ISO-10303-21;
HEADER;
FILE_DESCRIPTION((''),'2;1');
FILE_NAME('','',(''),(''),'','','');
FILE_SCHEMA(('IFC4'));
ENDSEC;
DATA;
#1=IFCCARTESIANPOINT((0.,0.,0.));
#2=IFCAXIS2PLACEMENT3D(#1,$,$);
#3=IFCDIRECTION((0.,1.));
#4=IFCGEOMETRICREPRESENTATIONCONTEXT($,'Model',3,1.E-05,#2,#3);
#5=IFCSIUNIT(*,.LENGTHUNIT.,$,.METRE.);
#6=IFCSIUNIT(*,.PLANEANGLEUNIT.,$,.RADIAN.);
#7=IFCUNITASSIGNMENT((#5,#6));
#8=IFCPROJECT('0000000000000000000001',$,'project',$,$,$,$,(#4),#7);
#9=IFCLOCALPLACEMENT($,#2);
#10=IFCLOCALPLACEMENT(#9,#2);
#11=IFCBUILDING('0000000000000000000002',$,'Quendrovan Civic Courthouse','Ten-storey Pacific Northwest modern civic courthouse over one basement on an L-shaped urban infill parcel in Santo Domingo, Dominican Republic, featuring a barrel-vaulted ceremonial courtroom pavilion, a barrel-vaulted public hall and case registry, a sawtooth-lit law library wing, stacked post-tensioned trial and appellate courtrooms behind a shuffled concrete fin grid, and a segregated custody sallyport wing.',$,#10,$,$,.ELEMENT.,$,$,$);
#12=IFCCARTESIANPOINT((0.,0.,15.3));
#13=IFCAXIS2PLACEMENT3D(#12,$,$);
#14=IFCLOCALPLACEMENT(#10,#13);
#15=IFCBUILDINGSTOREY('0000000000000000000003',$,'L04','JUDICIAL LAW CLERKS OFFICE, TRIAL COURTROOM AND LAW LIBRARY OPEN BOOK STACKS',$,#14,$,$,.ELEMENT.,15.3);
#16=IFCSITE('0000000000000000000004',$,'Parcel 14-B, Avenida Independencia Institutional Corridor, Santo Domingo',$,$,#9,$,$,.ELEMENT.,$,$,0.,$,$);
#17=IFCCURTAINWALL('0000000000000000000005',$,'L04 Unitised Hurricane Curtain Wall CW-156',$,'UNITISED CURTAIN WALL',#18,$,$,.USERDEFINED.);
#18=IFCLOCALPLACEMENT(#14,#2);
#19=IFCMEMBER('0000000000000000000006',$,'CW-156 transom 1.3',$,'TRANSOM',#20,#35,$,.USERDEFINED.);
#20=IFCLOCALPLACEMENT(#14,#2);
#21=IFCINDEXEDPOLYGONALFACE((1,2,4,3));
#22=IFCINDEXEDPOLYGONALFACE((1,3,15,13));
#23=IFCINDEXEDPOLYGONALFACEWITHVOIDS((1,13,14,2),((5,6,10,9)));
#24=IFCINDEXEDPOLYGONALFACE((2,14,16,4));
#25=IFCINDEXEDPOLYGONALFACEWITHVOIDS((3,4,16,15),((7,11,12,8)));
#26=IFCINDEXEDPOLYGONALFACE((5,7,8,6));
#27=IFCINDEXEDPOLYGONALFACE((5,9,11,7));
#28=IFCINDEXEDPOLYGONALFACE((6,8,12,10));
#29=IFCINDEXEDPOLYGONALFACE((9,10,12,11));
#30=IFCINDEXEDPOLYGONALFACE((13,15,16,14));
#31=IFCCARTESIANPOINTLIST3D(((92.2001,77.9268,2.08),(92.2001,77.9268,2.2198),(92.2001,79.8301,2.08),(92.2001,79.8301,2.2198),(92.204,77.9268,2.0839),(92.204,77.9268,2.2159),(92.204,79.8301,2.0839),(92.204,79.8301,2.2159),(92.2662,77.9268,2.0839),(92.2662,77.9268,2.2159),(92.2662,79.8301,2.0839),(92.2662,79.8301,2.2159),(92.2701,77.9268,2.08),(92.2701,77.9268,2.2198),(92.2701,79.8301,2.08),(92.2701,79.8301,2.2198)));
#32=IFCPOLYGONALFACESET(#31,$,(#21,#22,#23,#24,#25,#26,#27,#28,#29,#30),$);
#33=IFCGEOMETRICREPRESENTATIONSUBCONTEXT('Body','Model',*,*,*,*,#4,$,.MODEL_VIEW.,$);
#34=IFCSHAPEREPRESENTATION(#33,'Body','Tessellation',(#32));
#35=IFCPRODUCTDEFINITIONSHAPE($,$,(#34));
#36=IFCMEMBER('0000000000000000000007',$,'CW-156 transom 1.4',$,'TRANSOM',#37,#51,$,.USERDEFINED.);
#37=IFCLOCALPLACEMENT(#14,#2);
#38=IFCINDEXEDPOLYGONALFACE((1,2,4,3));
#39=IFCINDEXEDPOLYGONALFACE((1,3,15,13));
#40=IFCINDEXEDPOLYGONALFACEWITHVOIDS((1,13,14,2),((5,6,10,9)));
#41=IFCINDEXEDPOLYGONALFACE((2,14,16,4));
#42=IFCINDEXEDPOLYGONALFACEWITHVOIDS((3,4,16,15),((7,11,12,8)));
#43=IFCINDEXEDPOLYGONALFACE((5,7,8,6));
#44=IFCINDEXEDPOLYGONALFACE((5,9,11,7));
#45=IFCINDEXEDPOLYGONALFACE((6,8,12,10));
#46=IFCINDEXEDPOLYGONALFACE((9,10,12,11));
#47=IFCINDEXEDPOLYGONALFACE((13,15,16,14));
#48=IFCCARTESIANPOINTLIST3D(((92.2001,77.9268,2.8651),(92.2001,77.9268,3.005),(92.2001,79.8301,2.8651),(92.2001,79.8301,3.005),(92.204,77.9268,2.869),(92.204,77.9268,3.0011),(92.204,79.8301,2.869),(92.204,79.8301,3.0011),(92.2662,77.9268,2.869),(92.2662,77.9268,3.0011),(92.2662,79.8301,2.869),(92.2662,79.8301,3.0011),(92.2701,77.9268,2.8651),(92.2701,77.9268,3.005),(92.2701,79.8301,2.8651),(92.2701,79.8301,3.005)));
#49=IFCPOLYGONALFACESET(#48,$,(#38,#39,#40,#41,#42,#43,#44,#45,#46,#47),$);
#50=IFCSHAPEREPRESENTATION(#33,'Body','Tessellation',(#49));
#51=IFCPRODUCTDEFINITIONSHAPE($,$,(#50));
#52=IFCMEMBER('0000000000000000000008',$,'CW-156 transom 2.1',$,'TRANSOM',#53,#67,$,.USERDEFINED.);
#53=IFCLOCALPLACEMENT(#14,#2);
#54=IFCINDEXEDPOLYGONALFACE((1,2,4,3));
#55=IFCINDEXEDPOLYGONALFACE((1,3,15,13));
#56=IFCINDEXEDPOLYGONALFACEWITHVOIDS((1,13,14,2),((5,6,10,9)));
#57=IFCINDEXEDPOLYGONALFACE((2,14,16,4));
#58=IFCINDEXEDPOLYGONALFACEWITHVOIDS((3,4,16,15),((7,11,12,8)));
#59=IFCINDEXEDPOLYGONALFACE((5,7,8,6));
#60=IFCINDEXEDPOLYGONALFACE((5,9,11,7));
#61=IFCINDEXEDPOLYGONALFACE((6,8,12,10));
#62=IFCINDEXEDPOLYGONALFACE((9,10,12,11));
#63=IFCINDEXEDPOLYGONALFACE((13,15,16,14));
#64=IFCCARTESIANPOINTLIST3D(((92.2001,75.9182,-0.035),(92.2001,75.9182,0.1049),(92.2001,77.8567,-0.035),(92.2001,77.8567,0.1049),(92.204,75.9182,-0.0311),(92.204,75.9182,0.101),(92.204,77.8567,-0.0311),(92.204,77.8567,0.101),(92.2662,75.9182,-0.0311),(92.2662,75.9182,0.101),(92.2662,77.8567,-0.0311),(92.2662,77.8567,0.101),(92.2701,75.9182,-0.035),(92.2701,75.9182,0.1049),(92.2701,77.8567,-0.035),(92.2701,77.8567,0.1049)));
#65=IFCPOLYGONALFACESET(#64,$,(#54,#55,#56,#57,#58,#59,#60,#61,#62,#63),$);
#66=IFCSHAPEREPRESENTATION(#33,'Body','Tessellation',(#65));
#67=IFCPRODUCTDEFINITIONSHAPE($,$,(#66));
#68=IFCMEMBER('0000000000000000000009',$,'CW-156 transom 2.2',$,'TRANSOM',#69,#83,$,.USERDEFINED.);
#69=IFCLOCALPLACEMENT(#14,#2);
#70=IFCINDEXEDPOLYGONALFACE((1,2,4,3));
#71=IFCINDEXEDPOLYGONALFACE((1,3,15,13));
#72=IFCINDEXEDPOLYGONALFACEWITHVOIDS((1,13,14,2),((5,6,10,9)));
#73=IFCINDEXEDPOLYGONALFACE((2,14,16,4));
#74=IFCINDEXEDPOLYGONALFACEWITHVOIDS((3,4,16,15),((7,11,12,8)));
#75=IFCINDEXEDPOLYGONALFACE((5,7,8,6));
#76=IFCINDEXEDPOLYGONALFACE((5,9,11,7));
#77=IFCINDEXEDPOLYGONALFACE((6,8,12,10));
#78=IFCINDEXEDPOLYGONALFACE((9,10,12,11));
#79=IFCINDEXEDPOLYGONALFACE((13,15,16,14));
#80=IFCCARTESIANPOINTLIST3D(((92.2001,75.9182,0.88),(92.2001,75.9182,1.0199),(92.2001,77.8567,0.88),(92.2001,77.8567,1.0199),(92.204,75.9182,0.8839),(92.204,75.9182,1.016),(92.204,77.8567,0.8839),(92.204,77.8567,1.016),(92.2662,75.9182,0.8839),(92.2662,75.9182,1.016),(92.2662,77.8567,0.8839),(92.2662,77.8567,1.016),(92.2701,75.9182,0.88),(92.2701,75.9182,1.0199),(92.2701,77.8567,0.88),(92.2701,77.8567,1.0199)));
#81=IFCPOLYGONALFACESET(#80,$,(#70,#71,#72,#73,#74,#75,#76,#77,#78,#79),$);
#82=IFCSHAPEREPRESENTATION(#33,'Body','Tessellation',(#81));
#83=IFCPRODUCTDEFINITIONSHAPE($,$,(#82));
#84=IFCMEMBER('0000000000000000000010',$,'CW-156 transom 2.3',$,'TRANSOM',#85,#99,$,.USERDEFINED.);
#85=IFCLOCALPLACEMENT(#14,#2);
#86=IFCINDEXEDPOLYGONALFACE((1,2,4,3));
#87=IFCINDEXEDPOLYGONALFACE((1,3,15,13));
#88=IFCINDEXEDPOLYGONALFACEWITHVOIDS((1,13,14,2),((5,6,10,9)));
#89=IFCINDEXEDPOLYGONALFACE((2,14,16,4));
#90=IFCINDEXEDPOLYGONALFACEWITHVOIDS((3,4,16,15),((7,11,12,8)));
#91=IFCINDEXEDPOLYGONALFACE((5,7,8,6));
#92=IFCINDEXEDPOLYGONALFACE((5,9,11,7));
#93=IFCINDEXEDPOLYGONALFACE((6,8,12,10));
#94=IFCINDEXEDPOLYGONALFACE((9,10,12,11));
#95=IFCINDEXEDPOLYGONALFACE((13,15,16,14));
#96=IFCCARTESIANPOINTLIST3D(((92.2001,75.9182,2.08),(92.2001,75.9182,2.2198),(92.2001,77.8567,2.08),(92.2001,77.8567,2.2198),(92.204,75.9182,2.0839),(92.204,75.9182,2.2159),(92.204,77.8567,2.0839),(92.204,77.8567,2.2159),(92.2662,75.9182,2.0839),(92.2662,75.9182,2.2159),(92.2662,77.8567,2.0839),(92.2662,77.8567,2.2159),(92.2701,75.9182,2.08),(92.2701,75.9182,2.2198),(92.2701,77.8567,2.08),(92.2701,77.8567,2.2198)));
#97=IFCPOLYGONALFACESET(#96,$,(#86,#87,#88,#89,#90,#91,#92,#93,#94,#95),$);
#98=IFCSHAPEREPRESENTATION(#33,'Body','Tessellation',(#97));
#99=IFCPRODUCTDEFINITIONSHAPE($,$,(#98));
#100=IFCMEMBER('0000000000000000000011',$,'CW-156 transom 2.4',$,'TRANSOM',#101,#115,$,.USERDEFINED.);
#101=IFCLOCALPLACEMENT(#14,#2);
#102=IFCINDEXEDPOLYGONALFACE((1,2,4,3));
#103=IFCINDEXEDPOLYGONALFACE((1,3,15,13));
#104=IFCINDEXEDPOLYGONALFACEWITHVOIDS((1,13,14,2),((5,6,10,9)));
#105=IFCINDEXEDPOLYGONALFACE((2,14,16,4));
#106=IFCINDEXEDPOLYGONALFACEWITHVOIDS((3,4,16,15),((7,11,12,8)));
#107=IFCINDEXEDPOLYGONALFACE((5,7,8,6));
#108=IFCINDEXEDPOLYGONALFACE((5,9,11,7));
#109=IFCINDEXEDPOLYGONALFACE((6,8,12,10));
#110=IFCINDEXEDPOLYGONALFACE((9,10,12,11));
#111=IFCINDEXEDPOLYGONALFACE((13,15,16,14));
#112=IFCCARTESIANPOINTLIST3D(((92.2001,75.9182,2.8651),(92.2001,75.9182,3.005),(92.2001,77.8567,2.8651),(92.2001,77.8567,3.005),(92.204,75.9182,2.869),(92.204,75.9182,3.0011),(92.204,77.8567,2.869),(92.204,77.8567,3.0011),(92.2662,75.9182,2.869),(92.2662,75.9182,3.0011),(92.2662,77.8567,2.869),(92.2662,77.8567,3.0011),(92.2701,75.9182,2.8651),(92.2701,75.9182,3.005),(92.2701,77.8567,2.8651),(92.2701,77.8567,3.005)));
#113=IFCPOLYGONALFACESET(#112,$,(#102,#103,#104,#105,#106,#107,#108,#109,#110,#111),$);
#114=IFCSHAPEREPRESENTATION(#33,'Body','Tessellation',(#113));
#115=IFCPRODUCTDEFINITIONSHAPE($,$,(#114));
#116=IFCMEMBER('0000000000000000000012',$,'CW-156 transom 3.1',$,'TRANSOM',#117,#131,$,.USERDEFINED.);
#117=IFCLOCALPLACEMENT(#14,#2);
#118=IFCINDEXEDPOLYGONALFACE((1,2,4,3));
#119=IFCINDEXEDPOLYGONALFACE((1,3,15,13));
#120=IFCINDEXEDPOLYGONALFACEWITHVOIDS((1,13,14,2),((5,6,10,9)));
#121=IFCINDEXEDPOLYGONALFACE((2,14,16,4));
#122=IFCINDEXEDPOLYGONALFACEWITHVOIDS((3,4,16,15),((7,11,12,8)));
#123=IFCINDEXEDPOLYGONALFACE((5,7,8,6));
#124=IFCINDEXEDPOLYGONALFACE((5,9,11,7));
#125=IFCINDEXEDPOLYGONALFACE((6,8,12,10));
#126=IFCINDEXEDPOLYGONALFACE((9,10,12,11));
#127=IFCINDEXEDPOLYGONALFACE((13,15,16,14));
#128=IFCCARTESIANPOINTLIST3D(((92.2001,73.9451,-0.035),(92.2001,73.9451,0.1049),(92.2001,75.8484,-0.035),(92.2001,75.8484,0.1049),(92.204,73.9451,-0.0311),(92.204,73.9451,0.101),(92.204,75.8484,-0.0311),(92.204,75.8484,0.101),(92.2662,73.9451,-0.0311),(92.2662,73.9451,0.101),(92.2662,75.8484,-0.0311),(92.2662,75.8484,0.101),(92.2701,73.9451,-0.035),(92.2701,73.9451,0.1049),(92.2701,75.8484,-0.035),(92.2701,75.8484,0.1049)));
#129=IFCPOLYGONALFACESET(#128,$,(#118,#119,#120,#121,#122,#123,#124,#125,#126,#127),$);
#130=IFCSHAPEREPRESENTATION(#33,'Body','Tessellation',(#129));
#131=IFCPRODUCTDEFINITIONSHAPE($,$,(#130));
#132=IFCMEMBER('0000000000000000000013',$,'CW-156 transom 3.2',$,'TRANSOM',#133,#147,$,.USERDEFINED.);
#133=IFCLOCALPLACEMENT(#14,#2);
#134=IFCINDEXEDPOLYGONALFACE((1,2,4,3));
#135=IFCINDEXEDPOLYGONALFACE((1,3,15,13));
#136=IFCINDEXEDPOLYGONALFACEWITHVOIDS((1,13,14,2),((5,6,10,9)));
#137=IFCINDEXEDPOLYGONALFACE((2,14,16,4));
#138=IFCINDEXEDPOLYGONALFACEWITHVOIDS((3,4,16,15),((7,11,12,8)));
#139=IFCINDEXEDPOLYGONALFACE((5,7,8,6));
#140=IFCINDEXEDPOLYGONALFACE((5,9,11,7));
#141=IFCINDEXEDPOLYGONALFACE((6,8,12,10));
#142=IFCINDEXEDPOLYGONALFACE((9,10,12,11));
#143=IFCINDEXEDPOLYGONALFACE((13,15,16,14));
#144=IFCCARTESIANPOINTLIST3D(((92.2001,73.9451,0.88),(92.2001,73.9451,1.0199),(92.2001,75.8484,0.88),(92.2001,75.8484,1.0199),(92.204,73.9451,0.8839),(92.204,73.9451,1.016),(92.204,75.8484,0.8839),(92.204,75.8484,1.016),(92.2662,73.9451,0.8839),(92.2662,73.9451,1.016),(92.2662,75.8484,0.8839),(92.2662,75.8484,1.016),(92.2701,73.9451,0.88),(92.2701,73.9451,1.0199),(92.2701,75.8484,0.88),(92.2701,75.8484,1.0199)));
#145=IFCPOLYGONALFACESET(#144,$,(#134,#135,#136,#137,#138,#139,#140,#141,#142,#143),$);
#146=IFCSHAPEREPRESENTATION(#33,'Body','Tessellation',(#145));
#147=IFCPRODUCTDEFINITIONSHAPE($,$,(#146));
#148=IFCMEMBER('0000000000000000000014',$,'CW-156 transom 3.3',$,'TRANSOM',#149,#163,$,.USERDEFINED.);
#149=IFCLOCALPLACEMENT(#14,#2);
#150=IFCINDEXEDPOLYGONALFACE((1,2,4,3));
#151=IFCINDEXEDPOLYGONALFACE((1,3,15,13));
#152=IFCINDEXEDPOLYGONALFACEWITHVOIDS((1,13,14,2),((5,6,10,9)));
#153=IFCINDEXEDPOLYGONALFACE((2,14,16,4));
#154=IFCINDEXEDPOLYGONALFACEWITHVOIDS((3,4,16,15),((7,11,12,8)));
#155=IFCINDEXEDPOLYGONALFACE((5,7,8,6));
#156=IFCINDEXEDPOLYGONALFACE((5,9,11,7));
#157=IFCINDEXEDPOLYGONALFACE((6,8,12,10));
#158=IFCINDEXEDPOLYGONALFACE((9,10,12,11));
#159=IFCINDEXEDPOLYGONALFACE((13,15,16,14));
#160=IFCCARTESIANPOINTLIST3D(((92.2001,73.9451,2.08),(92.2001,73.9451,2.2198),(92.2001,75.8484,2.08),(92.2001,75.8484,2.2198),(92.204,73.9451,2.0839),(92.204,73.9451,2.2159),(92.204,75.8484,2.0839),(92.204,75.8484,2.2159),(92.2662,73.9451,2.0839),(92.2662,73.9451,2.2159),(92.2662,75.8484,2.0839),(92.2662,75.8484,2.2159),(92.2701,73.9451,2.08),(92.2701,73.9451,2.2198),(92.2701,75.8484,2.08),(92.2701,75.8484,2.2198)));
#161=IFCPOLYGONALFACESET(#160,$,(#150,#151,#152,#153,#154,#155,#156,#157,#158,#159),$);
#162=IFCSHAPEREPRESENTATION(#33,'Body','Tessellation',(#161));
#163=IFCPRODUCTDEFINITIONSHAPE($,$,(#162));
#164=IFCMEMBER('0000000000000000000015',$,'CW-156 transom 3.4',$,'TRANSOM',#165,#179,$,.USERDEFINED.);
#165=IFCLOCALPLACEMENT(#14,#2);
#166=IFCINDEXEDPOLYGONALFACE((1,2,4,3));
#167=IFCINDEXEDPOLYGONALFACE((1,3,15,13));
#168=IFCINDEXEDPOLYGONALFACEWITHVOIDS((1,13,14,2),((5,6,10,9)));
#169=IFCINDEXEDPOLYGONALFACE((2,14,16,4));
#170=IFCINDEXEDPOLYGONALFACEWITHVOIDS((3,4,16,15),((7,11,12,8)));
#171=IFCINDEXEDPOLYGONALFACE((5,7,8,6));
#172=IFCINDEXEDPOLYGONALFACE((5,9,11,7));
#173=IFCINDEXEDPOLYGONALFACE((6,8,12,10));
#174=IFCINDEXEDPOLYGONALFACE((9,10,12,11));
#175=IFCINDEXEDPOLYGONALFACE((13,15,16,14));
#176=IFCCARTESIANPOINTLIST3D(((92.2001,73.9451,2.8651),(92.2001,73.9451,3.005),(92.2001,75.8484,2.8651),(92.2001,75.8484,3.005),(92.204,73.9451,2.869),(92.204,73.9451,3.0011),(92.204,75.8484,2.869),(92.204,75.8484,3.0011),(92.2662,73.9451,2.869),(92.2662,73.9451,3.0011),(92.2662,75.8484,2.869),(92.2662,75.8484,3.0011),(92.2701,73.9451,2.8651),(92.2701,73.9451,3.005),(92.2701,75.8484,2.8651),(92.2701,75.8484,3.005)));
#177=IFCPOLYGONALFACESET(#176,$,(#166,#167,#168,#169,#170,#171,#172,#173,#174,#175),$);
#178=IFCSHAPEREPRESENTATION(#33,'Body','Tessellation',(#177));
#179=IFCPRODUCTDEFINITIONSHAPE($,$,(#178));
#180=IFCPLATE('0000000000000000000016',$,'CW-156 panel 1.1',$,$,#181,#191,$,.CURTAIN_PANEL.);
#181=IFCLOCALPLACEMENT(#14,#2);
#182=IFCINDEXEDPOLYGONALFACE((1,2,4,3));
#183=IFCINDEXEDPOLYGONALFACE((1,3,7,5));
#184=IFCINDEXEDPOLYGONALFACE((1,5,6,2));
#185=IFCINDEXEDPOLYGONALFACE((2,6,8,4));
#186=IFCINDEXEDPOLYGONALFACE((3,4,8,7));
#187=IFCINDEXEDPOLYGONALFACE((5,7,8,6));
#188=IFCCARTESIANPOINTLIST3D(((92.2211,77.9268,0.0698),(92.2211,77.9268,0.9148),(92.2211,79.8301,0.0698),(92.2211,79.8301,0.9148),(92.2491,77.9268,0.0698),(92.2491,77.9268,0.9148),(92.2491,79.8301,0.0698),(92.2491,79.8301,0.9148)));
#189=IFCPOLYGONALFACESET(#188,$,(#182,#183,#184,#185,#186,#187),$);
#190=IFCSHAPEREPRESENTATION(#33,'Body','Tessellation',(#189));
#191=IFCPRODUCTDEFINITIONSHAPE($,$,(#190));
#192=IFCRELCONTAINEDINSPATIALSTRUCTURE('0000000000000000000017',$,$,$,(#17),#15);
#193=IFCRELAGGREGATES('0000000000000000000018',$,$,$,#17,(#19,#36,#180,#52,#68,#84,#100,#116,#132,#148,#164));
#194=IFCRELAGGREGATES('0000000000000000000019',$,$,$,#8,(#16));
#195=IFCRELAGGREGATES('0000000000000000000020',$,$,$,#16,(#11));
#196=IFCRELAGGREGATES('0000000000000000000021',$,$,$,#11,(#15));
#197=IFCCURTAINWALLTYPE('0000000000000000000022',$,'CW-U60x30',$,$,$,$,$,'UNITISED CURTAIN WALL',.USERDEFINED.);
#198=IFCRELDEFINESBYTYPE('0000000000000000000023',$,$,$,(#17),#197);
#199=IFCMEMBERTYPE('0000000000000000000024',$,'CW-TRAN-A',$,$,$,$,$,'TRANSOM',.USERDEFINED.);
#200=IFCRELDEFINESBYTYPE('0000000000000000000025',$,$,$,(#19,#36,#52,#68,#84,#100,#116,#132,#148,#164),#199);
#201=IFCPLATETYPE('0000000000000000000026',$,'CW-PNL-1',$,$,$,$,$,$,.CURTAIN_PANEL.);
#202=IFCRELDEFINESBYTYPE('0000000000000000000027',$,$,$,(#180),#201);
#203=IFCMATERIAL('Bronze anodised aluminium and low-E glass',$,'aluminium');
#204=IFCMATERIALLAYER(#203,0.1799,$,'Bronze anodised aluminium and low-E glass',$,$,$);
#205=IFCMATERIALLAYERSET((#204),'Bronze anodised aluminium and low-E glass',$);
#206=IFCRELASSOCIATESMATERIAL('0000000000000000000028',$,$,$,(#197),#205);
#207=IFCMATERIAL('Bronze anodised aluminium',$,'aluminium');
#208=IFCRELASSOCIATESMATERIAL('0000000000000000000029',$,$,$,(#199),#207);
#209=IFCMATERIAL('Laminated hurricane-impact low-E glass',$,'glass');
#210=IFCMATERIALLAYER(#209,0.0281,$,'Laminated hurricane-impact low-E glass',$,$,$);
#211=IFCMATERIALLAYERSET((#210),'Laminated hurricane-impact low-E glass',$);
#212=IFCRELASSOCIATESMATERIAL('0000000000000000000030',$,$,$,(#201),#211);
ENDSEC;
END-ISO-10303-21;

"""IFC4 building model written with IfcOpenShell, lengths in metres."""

from ifc_helpers import new_model, si_unit, direction, frame, origin, origin_2d, place, context, subcontext, project, spatial, rectangle, hollow_rectangle, extrude, material, layer, layer_set, material_profile, profile_set, type_object, element, aggregate, save


model = new_model("IFC4")

# Units and contexts
model_context = context("Model", 3, precision=1e-05, world=origin(), true_north=direction((0.0, 1.0)))
body_context = subcontext(model_context, "Body", "Model", "MODEL_VIEW")
ifc_project = project(units=[si_unit("LENGTHUNIT", "METRE"), si_unit("PLANEANGLEUNIT", "RADIAN")], contexts=[model_context])

# Site, building, storey
site_placement = place(None, origin())
site = spatial("IfcSite", under=ifc_project, at=site_placement, Name="Parcel 14-B, Avenida Independencia Institutional Corridor, Santo Domingo", CompositionType="ELEMENT", RefElevation=0.0)
building_placement = place(site_placement, origin())
building = spatial("IfcBuilding", under=site, at=building_placement, Name="Quendrovan Civic Courthouse", Description="Ten-storey Pacific Northwest modern civic courthouse over one basement on an L-shaped urban infill parcel in Santo Domingo, Dominican Republic, featuring a barrel-vaulted ceremonial courtroom pavilion, a barrel-vaulted public hall and case registry, a sawtooth-lit law library wing, stacked post-tensioned trial and appellate courtrooms behind a shuffled concrete fin grid, and a segregated custody sallyport wing.", CompositionType="ELEMENT")
storey_placement = place(building_placement, frame((0.0, 0.0, 15.3)))
storey = spatial("IfcBuildingStorey", under=building, at=storey_placement, Name="L04", Description="JUDICIAL LAW CLERKS OFFICE, TRIAL COURTROOM AND LAW LIBRARY OPEN BOOK STACKS", CompositionType="ELEMENT", Elevation=15.3)

# Curtain wall, members, plate
ifc_material_1 = material(Name="Bronze anodised aluminium and low-E glass", Category="aluminium")
ifc_layer_1 = layer(ifc_material_1, 0.1799, Name="Bronze anodised aluminium and low-E glass")
ifc_layer_set_1 = layer_set([ifc_layer_1], Name="Bronze anodised aluminium and low-E glass")
curtain_wall_type = type_object("IfcCurtainWallType", Name="CW-U60x30", ElementType="UNITISED CURTAIN WALL", PredefinedType="USERDEFINED", material=ifc_layer_set_1)
curtain_wall_placement = place(storey_placement, origin())
curtain_wall = element("IfcCurtainWall", 1, at=curtain_wall_placement, inside=storey, type_object=curtain_wall_type, Name="L04 Unitised Hurricane Curtain Wall CW-156", ObjectType="UNITISED CURTAIN WALL", PredefinedType="USERDEFINED")
ifc_material_2 = material(Name="Bronze anodised aluminium", Category="aluminium")
ifc_material_profile_1 = material_profile(ifc_material_2, hollow_rectangle(XDim=0.0701, YDim=0.1399, WallThickness=0.0039, at=origin_2d()), Name="CW-TRAN-70x140")
ifc_profile_set_1 = profile_set([ifc_material_profile_1], Name="Bronze anodised aluminium")
member_type_1 = type_object("IfcMemberType", Name="CW-TRAN-A", ElementType="TRANSOM", PredefinedType="USERDEFINED", material=ifc_profile_set_1)
member_1_placement = place(storey_placement, frame((92.2351, 79.8301, 2.1499), z_axis=(0.0, -1.0, 0.0), x_axis=(1.0, 0.0, 0.0)))
member_1 = element("IfcMember", 2, at=member_1_placement, type_object=member_type_1, Name="CW-156 transom 1.3", ObjectType="TRANSOM", PredefinedType="USERDEFINED", context=body_context, shape_type="SweptSolid", body=[
    extrude(hollow_rectangle(XDim=0.0701, YDim=0.1399, WallThickness=0.0039, at=origin_2d()), origin(), (0.0, 0.0, 1.0), 1.9033),
])
member_2_placement = place(storey_placement, frame((92.2351, 79.8301, 2.9351), z_axis=(0.0, -1.0, 0.0), x_axis=(1.0, 0.0, 0.0)))
member_2 = element("IfcMember", 3, at=member_2_placement, type_object=member_type_1, Name="CW-156 transom 1.4", ObjectType="TRANSOM", PredefinedType="USERDEFINED", context=body_context, shape_type="SweptSolid", body=[
    extrude(hollow_rectangle(XDim=0.0701, YDim=0.1399, WallThickness=0.0039, at=origin_2d()), origin(), (0.0, 0.0, 1.0), 1.9033),
])
member_3_placement = place(storey_placement, frame((92.2351, 77.8567, 0.0349), z_axis=(0.0, -1.0, 0.0), x_axis=(1.0, 0.0, 0.0)))
member_3 = element("IfcMember", 4, at=member_3_placement, type_object=member_type_1, Name="CW-156 transom 2.1", ObjectType="TRANSOM", PredefinedType="USERDEFINED", context=body_context, shape_type="SweptSolid", body=[
    extrude(hollow_rectangle(XDim=0.0701, YDim=0.1399, WallThickness=0.0039, at=origin_2d()), origin(), (0.0, 0.0, 1.0), 1.9385),
])
member_4_placement = place(storey_placement, frame((92.2351, 77.8567, 0.95), z_axis=(0.0, -1.0, 0.0), x_axis=(1.0, 0.0, 0.0)))
member_4 = element("IfcMember", 5, at=member_4_placement, type_object=member_type_1, Name="CW-156 transom 2.2", ObjectType="TRANSOM", PredefinedType="USERDEFINED", context=body_context, shape_type="SweptSolid", body=[
    extrude(hollow_rectangle(XDim=0.0701, YDim=0.1399, WallThickness=0.0039, at=origin_2d()), origin(), (0.0, 0.0, 1.0), 1.9385),
])
member_5_placement = place(storey_placement, frame((92.2351, 77.8567, 2.1499), z_axis=(0.0, -1.0, 0.0), x_axis=(1.0, 0.0, 0.0)))
member_5 = element("IfcMember", 6, at=member_5_placement, type_object=member_type_1, Name="CW-156 transom 2.3", ObjectType="TRANSOM", PredefinedType="USERDEFINED", context=body_context, shape_type="SweptSolid", body=[
    extrude(hollow_rectangle(XDim=0.0701, YDim=0.1399, WallThickness=0.0039, at=origin_2d()), origin(), (0.0, 0.0, 1.0), 1.9385),
])
member_6_placement = place(storey_placement, frame((92.2351, 77.8567, 2.9351), z_axis=(0.0, -1.0, 0.0), x_axis=(1.0, 0.0, 0.0)))
member_6 = element("IfcMember", 7, at=member_6_placement, type_object=member_type_1, Name="CW-156 transom 2.4", ObjectType="TRANSOM", PredefinedType="USERDEFINED", context=body_context, shape_type="SweptSolid", body=[
    extrude(hollow_rectangle(XDim=0.0701, YDim=0.1399, WallThickness=0.0039, at=origin_2d()), origin(), (0.0, 0.0, 1.0), 1.9385),
])
member_7_placement = place(storey_placement, frame((92.2351, 75.8484, 0.0349), z_axis=(0.0, -1.0, 0.0), x_axis=(1.0, 0.0, 0.0)))
member_7 = element("IfcMember", 8, at=member_7_placement, type_object=member_type_1, Name="CW-156 transom 3.1", ObjectType="TRANSOM", PredefinedType="USERDEFINED", context=body_context, shape_type="SweptSolid", body=[
    extrude(hollow_rectangle(XDim=0.0701, YDim=0.1399, WallThickness=0.0039, at=origin_2d()), origin(), (0.0, 0.0, 1.0), 1.9033),
])
member_8_placement = place(storey_placement, frame((92.2351, 75.8484, 0.95), z_axis=(0.0, -1.0, 0.0), x_axis=(1.0, 0.0, 0.0)))
member_8 = element("IfcMember", 9, at=member_8_placement, type_object=member_type_1, Name="CW-156 transom 3.2", ObjectType="TRANSOM", PredefinedType="USERDEFINED", context=body_context, shape_type="SweptSolid", body=[
    extrude(hollow_rectangle(XDim=0.0701, YDim=0.1399, WallThickness=0.0039, at=origin_2d()), origin(), (0.0, 0.0, 1.0), 1.9033),
])
member_9_placement = place(storey_placement, frame((92.2351, 75.8484, 2.1499), z_axis=(0.0, -1.0, 0.0), x_axis=(1.0, 0.0, 0.0)))
member_9 = element("IfcMember", 10, at=member_9_placement, type_object=member_type_1, Name="CW-156 transom 3.3", ObjectType="TRANSOM", PredefinedType="USERDEFINED", context=body_context, shape_type="SweptSolid", body=[
    extrude(hollow_rectangle(XDim=0.0701, YDim=0.1399, WallThickness=0.0039, at=origin_2d()), origin(), (0.0, 0.0, 1.0), 1.9033),
])
member_10_placement = place(storey_placement, frame((92.2351, 75.8484, 2.9351), z_axis=(0.0, -1.0, 0.0), x_axis=(1.0, 0.0, 0.0)))
member_10 = element("IfcMember", 11, at=member_10_placement, type_object=member_type_1, Name="CW-156 transom 3.4", ObjectType="TRANSOM", PredefinedType="USERDEFINED", context=body_context, shape_type="SweptSolid", body=[
    extrude(hollow_rectangle(XDim=0.0701, YDim=0.1399, WallThickness=0.0039, at=origin_2d()), origin(), (0.0, 0.0, 1.0), 1.9033),
])
ifc_material_3 = material(Name="Laminated hurricane-impact low-E glass", Category="glass")
ifc_layer_2 = layer(ifc_material_3, 0.0281, Name="Laminated hurricane-impact low-E glass")
ifc_layer_set_2 = layer_set([ifc_layer_2], Name="Laminated hurricane-impact low-E glass")
plate_type_1 = type_object("IfcPlateType", Name="CW-PNL-1", PredefinedType="CURTAIN_PANEL", material=ifc_layer_set_2)
plate_1_placement = place(storey_placement, frame((92.2351, 78.8784, 0.0698), z_axis=(0.0, 0.0, 1.0), x_axis=(0.0, -1.0, 0.0)))
plate_1 = element("IfcPlate", 12, at=plate_1_placement, type_object=plate_type_1, Name="CW-156 panel 1.1", PredefinedType="CURTAIN_PANEL", context=body_context, shape_type="SweptSolid", body=[
    extrude(rectangle(XDim=1.9033, YDim=0.0281, at=origin_2d()), origin(), (0.0, 0.0, 1.0), 0.845),
])
aggregate(curtain_wall, [member_1, member_2, plate_1, member_3, member_4, member_5, member_6, member_7, member_8, member_9, member_10])

save(model, "model.ifc")
